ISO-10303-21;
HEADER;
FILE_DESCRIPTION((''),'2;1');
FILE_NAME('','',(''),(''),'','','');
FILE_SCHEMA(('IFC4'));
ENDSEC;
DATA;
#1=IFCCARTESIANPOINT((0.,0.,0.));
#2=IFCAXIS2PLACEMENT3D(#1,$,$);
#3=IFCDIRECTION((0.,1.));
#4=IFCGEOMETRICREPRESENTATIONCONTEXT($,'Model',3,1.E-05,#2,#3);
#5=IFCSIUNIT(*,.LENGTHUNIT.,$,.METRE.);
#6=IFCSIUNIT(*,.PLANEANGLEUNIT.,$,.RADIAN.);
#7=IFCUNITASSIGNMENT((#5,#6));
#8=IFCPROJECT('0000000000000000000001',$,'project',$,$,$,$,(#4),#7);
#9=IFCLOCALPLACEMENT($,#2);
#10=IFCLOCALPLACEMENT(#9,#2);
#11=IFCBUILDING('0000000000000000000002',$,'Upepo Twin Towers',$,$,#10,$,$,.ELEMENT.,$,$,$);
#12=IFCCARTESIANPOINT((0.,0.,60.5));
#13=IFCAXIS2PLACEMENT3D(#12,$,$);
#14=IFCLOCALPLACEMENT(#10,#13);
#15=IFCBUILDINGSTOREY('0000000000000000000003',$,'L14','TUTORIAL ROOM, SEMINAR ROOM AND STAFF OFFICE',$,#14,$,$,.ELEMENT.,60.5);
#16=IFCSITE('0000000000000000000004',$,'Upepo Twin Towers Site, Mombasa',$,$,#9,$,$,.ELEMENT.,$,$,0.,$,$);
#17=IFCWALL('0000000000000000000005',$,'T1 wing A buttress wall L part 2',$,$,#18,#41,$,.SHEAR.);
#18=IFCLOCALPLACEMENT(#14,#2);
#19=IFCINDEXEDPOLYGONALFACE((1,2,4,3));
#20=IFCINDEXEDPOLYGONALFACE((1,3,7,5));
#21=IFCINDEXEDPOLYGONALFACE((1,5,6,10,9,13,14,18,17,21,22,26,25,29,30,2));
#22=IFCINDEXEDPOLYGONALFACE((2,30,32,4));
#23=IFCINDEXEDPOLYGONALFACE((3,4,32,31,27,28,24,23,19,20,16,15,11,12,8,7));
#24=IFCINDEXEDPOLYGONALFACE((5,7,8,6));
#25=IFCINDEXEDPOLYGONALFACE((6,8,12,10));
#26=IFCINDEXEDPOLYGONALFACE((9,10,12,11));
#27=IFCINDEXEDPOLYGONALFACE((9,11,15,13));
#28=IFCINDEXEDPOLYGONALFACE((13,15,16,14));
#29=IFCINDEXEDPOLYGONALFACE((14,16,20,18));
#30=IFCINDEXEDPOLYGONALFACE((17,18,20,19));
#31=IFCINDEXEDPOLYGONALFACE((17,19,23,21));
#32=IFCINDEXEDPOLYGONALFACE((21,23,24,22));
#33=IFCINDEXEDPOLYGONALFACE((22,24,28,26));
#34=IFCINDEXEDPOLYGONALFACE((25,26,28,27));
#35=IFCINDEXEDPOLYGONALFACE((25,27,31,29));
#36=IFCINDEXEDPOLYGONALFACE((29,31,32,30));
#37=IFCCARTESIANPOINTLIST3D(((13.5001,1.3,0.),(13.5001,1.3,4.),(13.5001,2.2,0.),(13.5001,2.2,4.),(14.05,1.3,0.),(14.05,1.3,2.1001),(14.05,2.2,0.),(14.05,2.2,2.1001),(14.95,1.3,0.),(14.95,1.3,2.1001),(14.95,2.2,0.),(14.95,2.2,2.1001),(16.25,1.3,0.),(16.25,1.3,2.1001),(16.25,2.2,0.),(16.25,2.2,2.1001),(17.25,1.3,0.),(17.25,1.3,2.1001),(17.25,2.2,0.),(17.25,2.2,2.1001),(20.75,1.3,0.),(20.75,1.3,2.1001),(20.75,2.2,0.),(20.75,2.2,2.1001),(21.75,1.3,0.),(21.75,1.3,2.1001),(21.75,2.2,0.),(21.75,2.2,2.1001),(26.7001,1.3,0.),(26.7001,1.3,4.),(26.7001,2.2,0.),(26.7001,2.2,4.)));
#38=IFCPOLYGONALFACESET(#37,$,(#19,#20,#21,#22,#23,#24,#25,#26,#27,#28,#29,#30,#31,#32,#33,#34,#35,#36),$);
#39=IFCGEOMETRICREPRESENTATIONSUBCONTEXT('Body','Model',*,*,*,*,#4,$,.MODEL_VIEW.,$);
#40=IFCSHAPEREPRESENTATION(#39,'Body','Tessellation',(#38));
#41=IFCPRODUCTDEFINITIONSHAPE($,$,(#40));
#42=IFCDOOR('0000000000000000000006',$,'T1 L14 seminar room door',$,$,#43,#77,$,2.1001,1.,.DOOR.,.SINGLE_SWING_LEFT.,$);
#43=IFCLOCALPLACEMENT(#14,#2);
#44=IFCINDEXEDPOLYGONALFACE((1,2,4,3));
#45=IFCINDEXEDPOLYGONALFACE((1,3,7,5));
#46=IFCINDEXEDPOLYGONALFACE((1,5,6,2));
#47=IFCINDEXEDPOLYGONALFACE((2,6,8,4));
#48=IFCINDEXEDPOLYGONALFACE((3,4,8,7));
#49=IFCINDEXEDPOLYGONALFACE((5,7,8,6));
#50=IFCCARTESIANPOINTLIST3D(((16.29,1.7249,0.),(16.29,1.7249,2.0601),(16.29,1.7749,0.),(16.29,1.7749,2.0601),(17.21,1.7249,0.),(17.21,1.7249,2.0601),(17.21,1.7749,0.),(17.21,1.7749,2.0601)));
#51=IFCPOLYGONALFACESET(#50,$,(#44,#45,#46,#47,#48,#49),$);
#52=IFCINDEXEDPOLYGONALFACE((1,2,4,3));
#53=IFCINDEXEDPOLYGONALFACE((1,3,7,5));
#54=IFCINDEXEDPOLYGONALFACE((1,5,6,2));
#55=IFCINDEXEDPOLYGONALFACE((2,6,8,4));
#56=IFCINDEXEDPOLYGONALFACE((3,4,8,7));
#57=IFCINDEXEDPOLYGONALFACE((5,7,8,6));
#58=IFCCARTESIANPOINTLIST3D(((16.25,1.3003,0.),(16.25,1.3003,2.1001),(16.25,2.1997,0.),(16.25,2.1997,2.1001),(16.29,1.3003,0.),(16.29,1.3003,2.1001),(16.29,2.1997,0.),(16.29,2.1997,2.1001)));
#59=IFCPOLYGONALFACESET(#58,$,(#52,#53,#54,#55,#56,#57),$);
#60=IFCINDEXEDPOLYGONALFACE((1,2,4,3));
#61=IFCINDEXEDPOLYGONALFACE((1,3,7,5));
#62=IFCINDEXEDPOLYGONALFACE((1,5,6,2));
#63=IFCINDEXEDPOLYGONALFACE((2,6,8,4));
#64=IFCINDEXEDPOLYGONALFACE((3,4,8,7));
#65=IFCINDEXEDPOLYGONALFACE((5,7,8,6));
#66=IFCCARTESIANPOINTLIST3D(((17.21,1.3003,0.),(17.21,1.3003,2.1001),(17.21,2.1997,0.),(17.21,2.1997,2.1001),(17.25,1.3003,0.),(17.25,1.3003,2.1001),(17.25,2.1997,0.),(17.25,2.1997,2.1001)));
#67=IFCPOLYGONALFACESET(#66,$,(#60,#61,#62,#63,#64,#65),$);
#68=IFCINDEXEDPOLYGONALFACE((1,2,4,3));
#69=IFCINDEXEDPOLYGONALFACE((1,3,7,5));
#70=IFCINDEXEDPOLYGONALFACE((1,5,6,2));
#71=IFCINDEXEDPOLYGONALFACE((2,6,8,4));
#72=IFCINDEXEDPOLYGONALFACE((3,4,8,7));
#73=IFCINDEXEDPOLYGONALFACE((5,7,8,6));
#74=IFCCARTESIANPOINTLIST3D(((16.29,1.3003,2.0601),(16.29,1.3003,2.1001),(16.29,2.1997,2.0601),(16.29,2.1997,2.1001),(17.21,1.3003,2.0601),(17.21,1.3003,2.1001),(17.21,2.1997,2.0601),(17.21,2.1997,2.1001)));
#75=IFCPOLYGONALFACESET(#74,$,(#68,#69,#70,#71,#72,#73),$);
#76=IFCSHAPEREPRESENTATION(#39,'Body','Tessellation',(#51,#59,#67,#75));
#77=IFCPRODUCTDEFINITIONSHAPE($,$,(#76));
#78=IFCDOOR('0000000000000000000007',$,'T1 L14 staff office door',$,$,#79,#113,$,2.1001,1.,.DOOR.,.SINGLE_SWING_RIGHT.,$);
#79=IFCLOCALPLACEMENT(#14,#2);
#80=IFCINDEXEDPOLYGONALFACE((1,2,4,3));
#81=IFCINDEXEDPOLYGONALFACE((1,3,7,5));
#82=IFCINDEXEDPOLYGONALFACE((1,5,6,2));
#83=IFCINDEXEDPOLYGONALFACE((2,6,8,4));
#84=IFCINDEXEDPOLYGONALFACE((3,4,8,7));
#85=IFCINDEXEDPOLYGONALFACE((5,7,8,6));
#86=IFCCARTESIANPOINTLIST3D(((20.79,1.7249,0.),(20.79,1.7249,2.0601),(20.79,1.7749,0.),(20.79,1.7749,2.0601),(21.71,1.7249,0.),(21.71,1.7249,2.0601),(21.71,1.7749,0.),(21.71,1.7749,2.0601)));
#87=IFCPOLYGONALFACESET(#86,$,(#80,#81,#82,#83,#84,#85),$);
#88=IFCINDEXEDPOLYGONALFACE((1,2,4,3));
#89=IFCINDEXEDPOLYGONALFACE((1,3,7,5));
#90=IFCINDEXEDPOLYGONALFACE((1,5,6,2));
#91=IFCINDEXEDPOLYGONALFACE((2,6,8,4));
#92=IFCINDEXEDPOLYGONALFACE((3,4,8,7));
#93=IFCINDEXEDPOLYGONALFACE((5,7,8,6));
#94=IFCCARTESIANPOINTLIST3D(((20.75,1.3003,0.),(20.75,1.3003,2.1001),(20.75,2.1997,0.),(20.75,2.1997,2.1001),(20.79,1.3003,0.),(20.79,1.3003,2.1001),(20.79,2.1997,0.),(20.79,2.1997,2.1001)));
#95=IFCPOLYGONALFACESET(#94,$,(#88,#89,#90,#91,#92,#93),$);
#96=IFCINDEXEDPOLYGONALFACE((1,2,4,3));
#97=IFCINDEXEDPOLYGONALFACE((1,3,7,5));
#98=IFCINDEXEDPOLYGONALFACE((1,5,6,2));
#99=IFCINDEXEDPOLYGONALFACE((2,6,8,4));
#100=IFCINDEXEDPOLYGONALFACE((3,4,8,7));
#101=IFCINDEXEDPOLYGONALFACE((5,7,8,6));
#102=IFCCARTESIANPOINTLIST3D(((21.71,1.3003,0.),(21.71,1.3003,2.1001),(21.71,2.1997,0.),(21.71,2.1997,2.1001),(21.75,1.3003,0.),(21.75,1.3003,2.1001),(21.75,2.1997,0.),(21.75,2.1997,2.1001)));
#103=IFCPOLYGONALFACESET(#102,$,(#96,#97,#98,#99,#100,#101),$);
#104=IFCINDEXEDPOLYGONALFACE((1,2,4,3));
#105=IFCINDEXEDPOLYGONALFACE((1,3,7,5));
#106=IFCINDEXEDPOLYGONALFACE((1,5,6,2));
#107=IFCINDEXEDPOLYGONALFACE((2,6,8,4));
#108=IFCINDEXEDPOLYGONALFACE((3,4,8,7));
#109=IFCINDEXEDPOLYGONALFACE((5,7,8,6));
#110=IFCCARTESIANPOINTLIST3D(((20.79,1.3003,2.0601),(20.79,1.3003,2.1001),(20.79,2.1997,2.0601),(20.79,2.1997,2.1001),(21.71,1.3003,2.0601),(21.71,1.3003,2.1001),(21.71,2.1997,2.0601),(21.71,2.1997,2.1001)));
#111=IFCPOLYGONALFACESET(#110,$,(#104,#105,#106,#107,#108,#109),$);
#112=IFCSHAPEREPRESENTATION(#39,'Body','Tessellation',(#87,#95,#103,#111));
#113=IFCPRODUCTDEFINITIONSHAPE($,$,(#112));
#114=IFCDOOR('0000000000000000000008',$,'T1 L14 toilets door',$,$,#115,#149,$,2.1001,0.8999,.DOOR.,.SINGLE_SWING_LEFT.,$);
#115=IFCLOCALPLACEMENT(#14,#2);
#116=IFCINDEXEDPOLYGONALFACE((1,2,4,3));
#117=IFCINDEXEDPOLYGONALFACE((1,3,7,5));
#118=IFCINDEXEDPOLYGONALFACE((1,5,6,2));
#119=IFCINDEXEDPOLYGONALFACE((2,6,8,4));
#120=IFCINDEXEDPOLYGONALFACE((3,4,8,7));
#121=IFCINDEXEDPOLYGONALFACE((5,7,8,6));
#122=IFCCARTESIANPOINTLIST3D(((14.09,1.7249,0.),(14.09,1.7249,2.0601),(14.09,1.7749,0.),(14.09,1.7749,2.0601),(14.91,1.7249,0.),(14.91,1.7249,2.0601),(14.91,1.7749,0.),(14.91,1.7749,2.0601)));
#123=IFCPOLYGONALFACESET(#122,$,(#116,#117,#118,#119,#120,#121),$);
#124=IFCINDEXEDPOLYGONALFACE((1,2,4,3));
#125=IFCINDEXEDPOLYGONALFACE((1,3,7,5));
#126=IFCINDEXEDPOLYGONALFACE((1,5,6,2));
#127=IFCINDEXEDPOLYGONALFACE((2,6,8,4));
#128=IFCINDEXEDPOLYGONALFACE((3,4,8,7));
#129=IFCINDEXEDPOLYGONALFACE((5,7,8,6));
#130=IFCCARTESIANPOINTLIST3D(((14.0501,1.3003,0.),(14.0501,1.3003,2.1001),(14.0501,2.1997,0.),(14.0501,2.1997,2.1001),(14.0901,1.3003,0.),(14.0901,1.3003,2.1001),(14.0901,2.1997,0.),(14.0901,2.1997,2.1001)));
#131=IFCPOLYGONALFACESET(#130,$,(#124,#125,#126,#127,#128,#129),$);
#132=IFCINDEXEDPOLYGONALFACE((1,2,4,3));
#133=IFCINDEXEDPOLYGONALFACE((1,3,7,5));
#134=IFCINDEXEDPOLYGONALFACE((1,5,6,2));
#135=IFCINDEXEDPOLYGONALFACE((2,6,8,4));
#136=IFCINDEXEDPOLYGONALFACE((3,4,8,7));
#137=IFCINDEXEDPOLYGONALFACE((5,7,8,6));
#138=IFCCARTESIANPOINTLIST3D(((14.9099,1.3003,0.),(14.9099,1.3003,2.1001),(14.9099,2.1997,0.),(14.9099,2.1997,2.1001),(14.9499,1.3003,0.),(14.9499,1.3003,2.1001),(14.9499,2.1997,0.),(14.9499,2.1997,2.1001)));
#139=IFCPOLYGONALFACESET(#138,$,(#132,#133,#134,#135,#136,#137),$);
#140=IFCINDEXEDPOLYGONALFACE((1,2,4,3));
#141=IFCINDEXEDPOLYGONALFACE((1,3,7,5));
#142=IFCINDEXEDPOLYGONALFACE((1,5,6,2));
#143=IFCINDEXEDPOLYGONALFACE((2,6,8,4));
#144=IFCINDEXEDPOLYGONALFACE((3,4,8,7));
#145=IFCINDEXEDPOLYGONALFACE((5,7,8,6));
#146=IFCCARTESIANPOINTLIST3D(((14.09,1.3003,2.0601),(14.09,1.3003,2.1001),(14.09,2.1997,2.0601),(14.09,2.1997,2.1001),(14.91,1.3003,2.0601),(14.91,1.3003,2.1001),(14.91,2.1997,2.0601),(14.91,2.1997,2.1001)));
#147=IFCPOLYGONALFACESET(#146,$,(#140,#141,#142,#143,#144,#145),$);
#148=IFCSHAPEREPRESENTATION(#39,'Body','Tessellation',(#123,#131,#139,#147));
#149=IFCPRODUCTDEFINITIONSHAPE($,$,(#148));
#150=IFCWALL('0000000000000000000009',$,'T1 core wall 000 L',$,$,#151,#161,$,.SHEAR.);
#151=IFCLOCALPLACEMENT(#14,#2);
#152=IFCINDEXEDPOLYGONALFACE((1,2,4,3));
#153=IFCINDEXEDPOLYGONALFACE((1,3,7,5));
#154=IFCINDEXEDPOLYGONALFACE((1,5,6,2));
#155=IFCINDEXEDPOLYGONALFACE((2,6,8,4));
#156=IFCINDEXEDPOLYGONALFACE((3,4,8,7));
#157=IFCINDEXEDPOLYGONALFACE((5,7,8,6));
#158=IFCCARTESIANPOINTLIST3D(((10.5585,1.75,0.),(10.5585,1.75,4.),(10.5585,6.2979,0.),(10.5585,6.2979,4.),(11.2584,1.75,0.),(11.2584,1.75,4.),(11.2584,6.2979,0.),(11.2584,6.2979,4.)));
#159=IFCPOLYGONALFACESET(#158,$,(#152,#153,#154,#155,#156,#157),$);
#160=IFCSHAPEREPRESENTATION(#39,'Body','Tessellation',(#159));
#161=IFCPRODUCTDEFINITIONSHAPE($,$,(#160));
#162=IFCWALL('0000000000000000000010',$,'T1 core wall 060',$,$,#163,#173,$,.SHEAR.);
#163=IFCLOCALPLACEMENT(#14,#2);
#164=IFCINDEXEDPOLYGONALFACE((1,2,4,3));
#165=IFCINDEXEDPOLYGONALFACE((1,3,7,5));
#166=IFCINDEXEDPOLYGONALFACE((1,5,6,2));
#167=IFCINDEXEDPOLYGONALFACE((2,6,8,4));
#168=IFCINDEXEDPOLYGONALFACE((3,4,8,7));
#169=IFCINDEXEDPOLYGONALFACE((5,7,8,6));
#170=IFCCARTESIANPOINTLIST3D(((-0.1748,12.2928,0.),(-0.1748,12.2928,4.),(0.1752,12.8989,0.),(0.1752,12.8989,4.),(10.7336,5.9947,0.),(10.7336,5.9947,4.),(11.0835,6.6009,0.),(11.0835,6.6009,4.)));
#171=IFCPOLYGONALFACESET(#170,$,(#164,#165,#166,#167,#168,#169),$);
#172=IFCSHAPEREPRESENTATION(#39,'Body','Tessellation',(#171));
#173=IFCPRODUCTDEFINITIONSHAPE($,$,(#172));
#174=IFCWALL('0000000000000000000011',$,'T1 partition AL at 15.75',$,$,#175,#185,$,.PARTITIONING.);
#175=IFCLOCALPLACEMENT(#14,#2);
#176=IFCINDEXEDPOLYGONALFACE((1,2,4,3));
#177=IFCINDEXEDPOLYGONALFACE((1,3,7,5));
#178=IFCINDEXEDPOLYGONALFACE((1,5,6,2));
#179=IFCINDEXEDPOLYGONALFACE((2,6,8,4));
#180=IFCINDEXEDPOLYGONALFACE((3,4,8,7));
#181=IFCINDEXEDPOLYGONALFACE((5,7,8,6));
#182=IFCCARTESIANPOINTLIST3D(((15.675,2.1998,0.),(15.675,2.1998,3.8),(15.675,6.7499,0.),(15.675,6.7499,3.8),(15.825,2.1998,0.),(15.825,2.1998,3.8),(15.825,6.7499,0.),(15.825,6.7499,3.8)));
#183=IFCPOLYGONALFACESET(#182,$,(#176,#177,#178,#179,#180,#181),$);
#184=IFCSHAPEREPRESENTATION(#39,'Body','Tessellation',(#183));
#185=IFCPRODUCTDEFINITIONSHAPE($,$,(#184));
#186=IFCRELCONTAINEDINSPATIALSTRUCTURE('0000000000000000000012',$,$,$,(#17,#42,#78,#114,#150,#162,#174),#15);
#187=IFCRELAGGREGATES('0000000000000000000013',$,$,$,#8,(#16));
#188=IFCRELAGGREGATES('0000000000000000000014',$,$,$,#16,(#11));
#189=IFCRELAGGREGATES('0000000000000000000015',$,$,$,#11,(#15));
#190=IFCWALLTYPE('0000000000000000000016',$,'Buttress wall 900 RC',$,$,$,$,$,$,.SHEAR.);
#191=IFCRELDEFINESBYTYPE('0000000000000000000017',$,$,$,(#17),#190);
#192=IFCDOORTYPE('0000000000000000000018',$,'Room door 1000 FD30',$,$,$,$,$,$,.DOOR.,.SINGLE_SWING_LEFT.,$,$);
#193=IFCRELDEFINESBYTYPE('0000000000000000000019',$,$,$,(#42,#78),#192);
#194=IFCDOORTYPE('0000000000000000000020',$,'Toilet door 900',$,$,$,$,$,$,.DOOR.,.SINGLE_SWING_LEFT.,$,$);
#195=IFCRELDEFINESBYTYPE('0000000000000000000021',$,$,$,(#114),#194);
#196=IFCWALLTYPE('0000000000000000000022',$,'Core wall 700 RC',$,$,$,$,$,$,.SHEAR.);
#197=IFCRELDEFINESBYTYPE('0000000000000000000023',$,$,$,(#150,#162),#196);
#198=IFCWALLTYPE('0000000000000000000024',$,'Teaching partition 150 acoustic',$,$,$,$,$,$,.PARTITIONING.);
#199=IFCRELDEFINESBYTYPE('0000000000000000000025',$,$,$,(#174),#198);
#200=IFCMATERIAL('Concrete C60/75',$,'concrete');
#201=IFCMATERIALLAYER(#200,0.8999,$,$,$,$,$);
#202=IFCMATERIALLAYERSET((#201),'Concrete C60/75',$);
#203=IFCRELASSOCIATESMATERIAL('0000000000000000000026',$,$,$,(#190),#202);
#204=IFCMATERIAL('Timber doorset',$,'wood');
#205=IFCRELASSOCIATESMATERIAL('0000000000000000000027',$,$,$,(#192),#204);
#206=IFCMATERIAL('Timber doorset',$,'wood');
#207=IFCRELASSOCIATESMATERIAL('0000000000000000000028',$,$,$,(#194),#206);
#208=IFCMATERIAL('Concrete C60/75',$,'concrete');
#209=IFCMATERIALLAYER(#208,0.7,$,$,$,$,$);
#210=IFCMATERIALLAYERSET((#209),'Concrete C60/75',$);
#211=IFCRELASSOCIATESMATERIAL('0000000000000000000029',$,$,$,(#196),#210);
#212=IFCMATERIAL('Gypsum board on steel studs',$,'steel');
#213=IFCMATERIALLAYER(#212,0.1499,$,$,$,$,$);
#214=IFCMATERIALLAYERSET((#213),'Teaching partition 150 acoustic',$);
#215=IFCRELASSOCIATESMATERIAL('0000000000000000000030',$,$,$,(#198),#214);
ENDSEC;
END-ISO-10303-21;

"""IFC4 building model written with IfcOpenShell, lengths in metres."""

from ifc_helpers import new_model, si_unit, direction, frame, frame_2d, origin, place, context, subcontext, project, spatial, rectangle, extrude, material, layer, layer_set, type_object, element, fill, save


model = new_model("IFC4")

# Units and contexts
model_context = context("Model", 3, precision=1e-05, world=origin(), true_north=direction((0.0, 1.0)))
body_context = subcontext(model_context, "Body", "Model", "MODEL_VIEW")
ifc_project = project(units=[si_unit("LENGTHUNIT", "METRE"), si_unit("PLANEANGLEUNIT", "RADIAN")], contexts=[model_context])

# Site, building, storey
site_placement = place(None, origin())
site = spatial("IfcSite", under=ifc_project, at=site_placement, Name="Upepo Twin Towers Site, Mombasa", CompositionType="ELEMENT", RefElevation=0.0)
building_placement = place(site_placement, origin())
building = spatial("IfcBuilding", under=site, at=building_placement, Name="Upepo Twin Towers", CompositionType="ELEMENT")
storey_placement = place(building_placement, frame((0.0, 0.0, 60.5)))
storey = spatial("IfcBuildingStorey", under=building, at=storey_placement, Name="L14", Description="TUTORIAL ROOM, SEMINAR ROOM AND STAFF OFFICE", CompositionType="ELEMENT", Elevation=60.5)

# Wall, openings, doors
ifc_material_1 = material(Name="Concrete C60/75", Category="concrete")
ifc_layer_1 = layer(ifc_material_1, 0.8999)
ifc_layer_set_1 = layer_set([ifc_layer_1], Name="Concrete C60/75")
wall_type_1 = type_object("IfcWallType", Name="Buttress wall 900 RC", PredefinedType="SHEAR", material=ifc_layer_set_1)
wall_1_placement = place(storey_placement, frame((13.5, 1.75, 0.0), z_axis=(0.0, 0.0, 1.0), x_axis=(1.0, 0.0, 0.0)))
wall_1 = element("IfcWall", 1, at=wall_1_placement, inside=storey, type_object=wall_type_1, Name="T1 wing A buttress wall L part 2", PredefinedType="SHEAR", context=body_context, shape_type="SweptSolid", body=[
    extrude(rectangle(XDim=13.2, YDim=0.8999, at=frame_2d((6.6001, 0.0))), origin(), (0.0, 0.0, 1.0), 4.0),
])
opening_1_placement = place(wall_1_placement, frame((0.55, 0.0, 0.0)))
opening_1 = element("IfcOpeningElement", 2, at=opening_1_placement, cuts=wall_1, PredefinedType="OPENING", context=body_context, shape_type="SweptSolid", body=[
    extrude(rectangle(XDim=0.8999, YDim=2.1001, at=frame_2d((0.45, 1.05))), frame((0.0, 0.46, 0.0), z_axis=(0.0, -1.0, 0.0), x_axis=(1.0, 0.0, 0.0)), (0.0, 0.0, 1.0), 0.9199),
])
opening_2_placement = place(wall_1_placement, frame((2.75, 0.0, 0.0)))
opening_2 = element("IfcOpeningElement", 3, at=opening_2_placement, cuts=wall_1, PredefinedType="OPENING", context=body_context, shape_type="SweptSolid", body=[
    extrude(rectangle(XDim=1.0, YDim=2.1001, at=frame_2d((0.5, 1.05))), frame((0.0, 0.46, 0.0), z_axis=(0.0, -1.0, 0.0), x_axis=(1.0, 0.0, 0.0)), (0.0, 0.0, 1.0), 0.9199),
])
opening_3_placement = place(wall_1_placement, frame((7.25, 0.0, 0.0)))
opening_3 = element("IfcOpeningElement", 4, at=opening_3_placement, cuts=wall_1, PredefinedType="OPENING", context=body_context, shape_type="SweptSolid", body=[
    extrude(rectangle(XDim=1.0, YDim=2.1001, at=frame_2d((0.5, 1.05))), frame((0.0, 0.46, 0.0), z_axis=(0.0, -1.0, 0.0), x_axis=(1.0, 0.0, 0.0)), (0.0, 0.0, 1.0), 0.9199),
])
ifc_material_2 = material(Name="Timber doorset", Category="wood")
door_type_1 = type_object("IfcDoorType", Name="Room door 1000 FD30", OperationType="SINGLE_SWING_LEFT", PredefinedType="DOOR", material=ifc_material_2)
door_1_placement = place(opening_2_placement, origin())
door_1 = element("IfcDoor", 5, at=door_1_placement, inside=storey, type_object=door_type_1, Name="T1 L14 seminar room door", OperationType="SINGLE_SWING_LEFT", OverallHeight=2.1001, OverallWidth=1.0, PredefinedType="DOOR", context=body_context, shape_type="SweptSolid", body=[
    extrude(rectangle(XDim=0.92, YDim=2.0601, at=frame_2d((0.5, 1.03))), frame((0.0, 0.0249, 0.0), z_axis=(0.0, -1.0, 0.0), x_axis=(1.0, 0.0, 0.0)), (0.0, 0.0, 1.0), 0.05),
    extrude(rectangle(XDim=0.04, YDim=2.1001, at=frame_2d((0.02, 1.05))), frame((0.0, 0.4497, 0.0), z_axis=(0.0, -1.0, 0.0), x_axis=(1.0, 0.0, 0.0)), (0.0, 0.0, 1.0), 0.8994),
    extrude(rectangle(XDim=0.04, YDim=2.1001, at=frame_2d((0.98, 1.05))), frame((0.0, 0.4497, 0.0), z_axis=(0.0, -1.0, 0.0), x_axis=(1.0, 0.0, 0.0)), (0.0, 0.0, 1.0), 0.8994),
    extrude(rectangle(XDim=0.92, YDim=0.04, at=frame_2d((0.5, 2.0801))), frame((0.0, 0.4497, 0.0), z_axis=(0.0, -1.0, 0.0), x_axis=(1.0, 0.0, 0.0)), (0.0, 0.0, 1.0), 0.8994),
])
fill(opening_2, door_1)
door_2_placement = place(opening_3_placement, origin())
door_2 = element("IfcDoor", 6, at=door_2_placement, inside=storey, type_object=door_type_1, Name="T1 L14 staff office door", OperationType="SINGLE_SWING_RIGHT", OverallHeight=2.1001, OverallWidth=1.0, PredefinedType="DOOR", context=body_context, shape_type="SweptSolid", body=[
    extrude(rectangle(XDim=0.92, YDim=2.0601, at=frame_2d((0.5, 1.03))), frame((0.0, 0.0249, 0.0), z_axis=(0.0, -1.0, 0.0), x_axis=(1.0, 0.0, 0.0)), (0.0, 0.0, 1.0), 0.05),
    extrude(rectangle(XDim=0.04, YDim=2.1001, at=frame_2d((0.02, 1.05))), frame((0.0, 0.4497, 0.0), z_axis=(0.0, -1.0, 0.0), x_axis=(1.0, 0.0, 0.0)), (0.0, 0.0, 1.0), 0.8994),
    extrude(rectangle(XDim=0.04, YDim=2.1001, at=frame_2d((0.98, 1.05))), frame((0.0, 0.4497, 0.0), z_axis=(0.0, -1.0, 0.0), x_axis=(1.0, 0.0, 0.0)), (0.0, 0.0, 1.0), 0.8994),
    extrude(rectangle(XDim=0.92, YDim=0.04, at=frame_2d((0.5, 2.0801))), frame((0.0, 0.4497, 0.0), z_axis=(0.0, -1.0, 0.0), x_axis=(1.0, 0.0, 0.0)), (0.0, 0.0, 1.0), 0.8994),
])
fill(opening_3, door_2)
ifc_material_3 = material(Name="Timber doorset", Category="wood")
door_type_2 = type_object("IfcDoorType", Name="Toilet door 900", OperationType="SINGLE_SWING_LEFT", PredefinedType="DOOR", material=ifc_material_3)
door_3_placement = place(opening_1_placement, origin())
door_3 = element("IfcDoor", 7, at=door_3_placement, inside=storey, type_object=door_type_2, Name="T1 L14 toilets door", OperationType="SINGLE_SWING_LEFT", OverallHeight=2.1001, OverallWidth=0.8999, PredefinedType="DOOR", context=body_context, shape_type="SweptSolid", body=[
    extrude(rectangle(XDim=0.8199, YDim=2.0601, at=frame_2d((0.45, 1.03))), frame((0.0, 0.0249, 0.0), z_axis=(0.0, -1.0, 0.0), x_axis=(1.0, 0.0, 0.0)), (0.0, 0.0, 1.0), 0.05),
    extrude(rectangle(XDim=0.04, YDim=2.1001, at=frame_2d((0.02, 1.05))), frame((0.0, 0.4497, 0.0), z_axis=(0.0, -1.0, 0.0), x_axis=(1.0, 0.0, 0.0)), (0.0, 0.0, 1.0), 0.8994),
    extrude(rectangle(XDim=0.04, YDim=2.1001, at=frame_2d((0.8799, 1.05))), frame((0.0, 0.4497, 0.0), z_axis=(0.0, -1.0, 0.0), x_axis=(1.0, 0.0, 0.0)), (0.0, 0.0, 1.0), 0.8994),
    extrude(rectangle(XDim=0.8199, YDim=0.04, at=frame_2d((0.45, 2.0801))), frame((0.0, 0.4497, 0.0), z_axis=(0.0, -1.0, 0.0), x_axis=(1.0, 0.0, 0.0)), (0.0, 0.0, 1.0), 0.8994),
])
fill(opening_1, door_3)

# Walls
ifc_material_4 = material(Name="Concrete C60/75", Category="concrete")
ifc_layer_2 = layer(ifc_material_4, 0.7)
ifc_layer_set_2 = layer_set([ifc_layer_2], Name="Concrete C60/75")
wall_type_2 = type_object("IfcWallType", Name="Core wall 700 RC", PredefinedType="SHEAR", material=ifc_layer_set_2)
wall_2_placement = place(storey_placement, frame((10.9084, 1.75, 0.0), z_axis=(0.0, 0.0, 1.0), x_axis=(0.0, 1.0, 0.0)))
element("IfcWall", 8, at=wall_2_placement, inside=storey, type_object=wall_type_2, Name="T1 core wall 000 L", PredefinedType="SHEAR", context=body_context, shape_type="SweptSolid", body=[
    extrude(rectangle(XDim=4.5479, YDim=0.7, at=frame_2d((2.2739, 0.0))), origin(), (0.0, 0.0, 1.0), 4.0),
])
wall_3_placement = place(storey_placement, frame((10.9084, 6.2979, 0.0), z_axis=(0.0, 0.0, 1.0), x_axis=(-0.866022, 0.500006, 0.0)))
element("IfcWall", 9, at=wall_3_placement, inside=storey, type_object=wall_type_2, Name="T1 core wall 060", PredefinedType="SHEAR", context=body_context, shape_type="SweptSolid", body=[
    extrude(rectangle(XDim=12.5959, YDim=0.7, at=frame_2d((6.2979, 0.0))), origin(), (0.0, 0.0, 1.0), 4.0),
])
ifc_material_5 = material(Name="Gypsum board on steel studs", Category="steel")
ifc_layer_3 = layer(ifc_material_5, 0.1499)
ifc_layer_set_3 = layer_set([ifc_layer_3], Name="Teaching partition 150 acoustic")
wall_type_3 = type_object("IfcWallType", Name="Teaching partition 150 acoustic", PredefinedType="PARTITIONING", material=ifc_layer_set_3)
wall_4_placement = place(storey_placement, frame((15.75, 2.2, 0.0), z_axis=(0.0, 0.0, 1.0), x_axis=(0.0, 1.0, 0.0)))
element("IfcWall", 10, at=wall_4_placement, inside=storey, type_object=wall_type_3, Name="T1 partition AL at 15.75", PredefinedType="PARTITIONING", context=body_context, shape_type="SweptSolid", body=[
    extrude(rectangle(XDim=4.55, YDim=0.1499, at=frame_2d((2.2749, 0.0))), origin(), (0.0, 0.0, 1.0), 3.8),
])

save(model, "model.ifc")
